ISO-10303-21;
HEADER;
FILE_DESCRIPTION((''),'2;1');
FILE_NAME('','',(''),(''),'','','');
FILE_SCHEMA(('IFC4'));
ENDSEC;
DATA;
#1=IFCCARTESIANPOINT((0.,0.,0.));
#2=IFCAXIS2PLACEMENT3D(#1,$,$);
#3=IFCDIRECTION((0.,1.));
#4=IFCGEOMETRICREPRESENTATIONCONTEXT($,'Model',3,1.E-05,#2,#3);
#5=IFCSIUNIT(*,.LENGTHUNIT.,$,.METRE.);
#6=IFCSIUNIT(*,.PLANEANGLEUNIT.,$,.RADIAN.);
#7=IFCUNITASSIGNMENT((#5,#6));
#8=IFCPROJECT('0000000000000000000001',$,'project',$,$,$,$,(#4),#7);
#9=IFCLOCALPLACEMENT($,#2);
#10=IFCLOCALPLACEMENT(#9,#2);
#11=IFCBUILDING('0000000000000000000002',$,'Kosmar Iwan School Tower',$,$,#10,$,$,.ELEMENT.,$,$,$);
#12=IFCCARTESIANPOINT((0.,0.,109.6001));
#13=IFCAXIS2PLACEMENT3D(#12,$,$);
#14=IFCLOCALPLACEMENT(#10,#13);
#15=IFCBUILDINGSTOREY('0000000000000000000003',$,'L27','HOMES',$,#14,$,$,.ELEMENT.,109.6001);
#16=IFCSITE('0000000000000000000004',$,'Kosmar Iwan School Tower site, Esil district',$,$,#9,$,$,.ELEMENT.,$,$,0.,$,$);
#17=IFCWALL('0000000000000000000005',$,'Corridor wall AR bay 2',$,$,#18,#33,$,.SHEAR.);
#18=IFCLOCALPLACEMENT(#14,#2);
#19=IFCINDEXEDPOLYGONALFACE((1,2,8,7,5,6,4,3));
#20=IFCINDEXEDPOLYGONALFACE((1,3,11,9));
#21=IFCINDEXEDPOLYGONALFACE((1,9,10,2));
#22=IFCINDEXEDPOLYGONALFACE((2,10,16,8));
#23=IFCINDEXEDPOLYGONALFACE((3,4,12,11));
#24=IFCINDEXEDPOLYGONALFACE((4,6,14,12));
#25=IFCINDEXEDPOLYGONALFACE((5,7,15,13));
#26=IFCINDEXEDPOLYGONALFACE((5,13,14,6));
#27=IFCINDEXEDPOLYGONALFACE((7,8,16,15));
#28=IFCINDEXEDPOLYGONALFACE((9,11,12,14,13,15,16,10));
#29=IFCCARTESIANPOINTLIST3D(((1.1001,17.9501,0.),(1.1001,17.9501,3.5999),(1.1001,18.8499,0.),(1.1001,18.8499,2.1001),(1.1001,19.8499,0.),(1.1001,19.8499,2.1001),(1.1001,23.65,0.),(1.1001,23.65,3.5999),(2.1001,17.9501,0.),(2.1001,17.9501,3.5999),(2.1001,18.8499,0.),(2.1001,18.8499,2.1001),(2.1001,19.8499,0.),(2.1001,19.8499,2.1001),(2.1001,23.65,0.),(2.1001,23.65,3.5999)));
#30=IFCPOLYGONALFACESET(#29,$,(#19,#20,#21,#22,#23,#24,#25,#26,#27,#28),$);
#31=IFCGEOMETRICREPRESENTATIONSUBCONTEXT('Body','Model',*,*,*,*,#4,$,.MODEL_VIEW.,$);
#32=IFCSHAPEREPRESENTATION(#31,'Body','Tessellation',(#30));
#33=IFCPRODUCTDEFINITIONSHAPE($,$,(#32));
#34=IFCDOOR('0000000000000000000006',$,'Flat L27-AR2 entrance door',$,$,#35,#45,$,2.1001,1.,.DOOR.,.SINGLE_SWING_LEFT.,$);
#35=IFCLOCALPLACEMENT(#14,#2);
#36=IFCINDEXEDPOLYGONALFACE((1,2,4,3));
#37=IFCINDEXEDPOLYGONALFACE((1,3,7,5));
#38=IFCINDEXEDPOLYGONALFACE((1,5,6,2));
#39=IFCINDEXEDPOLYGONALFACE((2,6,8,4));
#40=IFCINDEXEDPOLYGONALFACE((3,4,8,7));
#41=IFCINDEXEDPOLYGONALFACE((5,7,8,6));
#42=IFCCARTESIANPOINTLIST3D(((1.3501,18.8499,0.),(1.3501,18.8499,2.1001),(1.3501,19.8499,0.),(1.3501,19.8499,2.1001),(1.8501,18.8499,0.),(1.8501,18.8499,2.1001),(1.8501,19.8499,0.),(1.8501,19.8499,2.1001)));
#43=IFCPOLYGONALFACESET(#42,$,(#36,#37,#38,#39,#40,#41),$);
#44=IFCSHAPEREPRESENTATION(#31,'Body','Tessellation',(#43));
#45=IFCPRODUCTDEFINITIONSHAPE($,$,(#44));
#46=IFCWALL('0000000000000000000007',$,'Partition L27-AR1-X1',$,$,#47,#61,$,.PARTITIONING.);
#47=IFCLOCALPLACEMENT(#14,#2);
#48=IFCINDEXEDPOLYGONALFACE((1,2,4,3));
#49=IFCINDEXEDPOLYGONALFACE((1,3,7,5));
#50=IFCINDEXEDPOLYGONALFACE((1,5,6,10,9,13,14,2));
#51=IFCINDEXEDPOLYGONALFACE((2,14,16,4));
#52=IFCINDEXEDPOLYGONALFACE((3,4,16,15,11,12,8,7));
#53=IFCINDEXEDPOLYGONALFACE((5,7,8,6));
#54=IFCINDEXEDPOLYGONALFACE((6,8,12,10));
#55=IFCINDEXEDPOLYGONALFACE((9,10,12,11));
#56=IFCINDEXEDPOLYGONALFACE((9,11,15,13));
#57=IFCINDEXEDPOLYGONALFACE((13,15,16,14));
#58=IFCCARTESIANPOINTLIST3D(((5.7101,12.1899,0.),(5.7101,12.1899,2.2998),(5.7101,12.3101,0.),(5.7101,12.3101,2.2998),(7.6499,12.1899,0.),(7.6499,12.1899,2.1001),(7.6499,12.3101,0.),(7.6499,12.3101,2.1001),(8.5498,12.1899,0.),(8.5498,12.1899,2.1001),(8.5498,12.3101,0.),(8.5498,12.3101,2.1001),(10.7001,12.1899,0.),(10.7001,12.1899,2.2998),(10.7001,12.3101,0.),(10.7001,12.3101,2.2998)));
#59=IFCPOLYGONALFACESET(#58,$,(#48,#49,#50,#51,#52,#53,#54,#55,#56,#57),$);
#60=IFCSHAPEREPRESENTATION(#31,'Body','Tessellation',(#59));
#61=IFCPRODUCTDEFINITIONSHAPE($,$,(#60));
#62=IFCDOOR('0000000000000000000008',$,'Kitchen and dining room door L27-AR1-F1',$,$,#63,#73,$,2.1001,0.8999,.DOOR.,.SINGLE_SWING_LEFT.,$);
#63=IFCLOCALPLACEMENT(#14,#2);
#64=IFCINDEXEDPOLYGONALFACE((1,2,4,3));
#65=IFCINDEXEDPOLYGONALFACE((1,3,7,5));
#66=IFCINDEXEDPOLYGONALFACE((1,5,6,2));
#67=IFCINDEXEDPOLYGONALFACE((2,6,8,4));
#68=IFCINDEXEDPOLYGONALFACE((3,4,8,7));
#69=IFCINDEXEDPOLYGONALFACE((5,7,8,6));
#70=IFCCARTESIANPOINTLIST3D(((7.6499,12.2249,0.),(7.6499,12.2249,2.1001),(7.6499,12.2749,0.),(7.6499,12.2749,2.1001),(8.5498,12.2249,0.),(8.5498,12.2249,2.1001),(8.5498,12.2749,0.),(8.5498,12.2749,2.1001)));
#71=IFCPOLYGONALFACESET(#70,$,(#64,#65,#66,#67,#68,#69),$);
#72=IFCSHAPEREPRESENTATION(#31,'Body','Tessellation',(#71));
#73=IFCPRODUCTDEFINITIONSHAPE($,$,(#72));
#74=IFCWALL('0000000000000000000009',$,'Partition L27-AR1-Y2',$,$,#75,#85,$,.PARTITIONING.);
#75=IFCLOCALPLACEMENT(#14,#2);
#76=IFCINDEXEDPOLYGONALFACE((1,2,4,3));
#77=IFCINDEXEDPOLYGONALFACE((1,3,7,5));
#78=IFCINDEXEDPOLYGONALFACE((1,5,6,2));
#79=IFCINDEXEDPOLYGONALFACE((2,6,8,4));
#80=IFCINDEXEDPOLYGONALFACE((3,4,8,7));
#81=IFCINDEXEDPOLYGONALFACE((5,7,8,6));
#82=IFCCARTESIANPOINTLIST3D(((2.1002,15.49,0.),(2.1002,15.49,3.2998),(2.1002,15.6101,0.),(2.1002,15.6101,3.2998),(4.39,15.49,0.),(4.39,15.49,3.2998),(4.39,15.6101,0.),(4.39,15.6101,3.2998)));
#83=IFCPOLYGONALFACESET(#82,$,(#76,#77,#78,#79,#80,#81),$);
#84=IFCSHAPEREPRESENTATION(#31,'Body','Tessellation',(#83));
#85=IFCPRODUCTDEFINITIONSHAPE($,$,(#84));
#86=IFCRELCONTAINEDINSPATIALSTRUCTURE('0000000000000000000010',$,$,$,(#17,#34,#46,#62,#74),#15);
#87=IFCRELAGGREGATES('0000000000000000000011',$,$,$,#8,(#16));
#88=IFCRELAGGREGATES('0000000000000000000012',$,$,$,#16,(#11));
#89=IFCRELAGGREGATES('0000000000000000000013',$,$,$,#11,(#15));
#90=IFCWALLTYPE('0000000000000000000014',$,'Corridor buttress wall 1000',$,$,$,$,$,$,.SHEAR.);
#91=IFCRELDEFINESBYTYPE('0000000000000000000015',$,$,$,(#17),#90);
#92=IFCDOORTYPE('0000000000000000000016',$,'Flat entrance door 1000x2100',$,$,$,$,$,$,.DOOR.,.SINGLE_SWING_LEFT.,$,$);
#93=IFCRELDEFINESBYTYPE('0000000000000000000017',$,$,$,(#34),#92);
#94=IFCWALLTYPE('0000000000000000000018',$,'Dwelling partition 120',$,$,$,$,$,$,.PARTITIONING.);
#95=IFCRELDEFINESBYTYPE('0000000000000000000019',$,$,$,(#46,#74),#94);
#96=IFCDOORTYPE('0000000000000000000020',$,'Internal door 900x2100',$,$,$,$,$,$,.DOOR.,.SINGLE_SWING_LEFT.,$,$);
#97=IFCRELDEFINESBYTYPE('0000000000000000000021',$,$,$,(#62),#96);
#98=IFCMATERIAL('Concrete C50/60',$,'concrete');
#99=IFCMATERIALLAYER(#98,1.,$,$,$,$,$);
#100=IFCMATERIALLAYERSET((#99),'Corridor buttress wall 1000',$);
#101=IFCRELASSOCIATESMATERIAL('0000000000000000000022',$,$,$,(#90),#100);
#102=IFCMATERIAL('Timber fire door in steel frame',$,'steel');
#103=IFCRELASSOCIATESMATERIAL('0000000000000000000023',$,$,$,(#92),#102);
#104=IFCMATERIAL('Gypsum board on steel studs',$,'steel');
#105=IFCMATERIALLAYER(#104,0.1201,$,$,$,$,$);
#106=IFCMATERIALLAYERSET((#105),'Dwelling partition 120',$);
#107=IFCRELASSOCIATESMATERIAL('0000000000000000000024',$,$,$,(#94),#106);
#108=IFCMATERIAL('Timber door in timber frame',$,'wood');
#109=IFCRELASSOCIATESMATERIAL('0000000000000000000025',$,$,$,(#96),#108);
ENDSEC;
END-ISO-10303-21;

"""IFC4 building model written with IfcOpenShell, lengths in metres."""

from ifc_helpers import new_model, si_unit, direction, frame, frame_2d, origin, place, context, subcontext, project, spatial, rectangle, extrude, material, layer, layer_set, type_object, element, fill, save


model = new_model("IFC4")

# Units and contexts
model_context = context("Model", 3, precision=1e-05, world=origin(), true_north=direction((0.0, 1.0)))
body_context = subcontext(model_context, "Body", "Model", "MODEL_VIEW")
ifc_project = project(units=[si_unit("LENGTHUNIT", "METRE"), si_unit("PLANEANGLEUNIT", "RADIAN")], contexts=[model_context])

# Site, building, storey
site_placement = place(None, origin())
site = spatial("IfcSite", under=ifc_project, at=site_placement, Name="Kosmar Iwan School Tower site, Esil district", CompositionType="ELEMENT", RefElevation=0.0)
building_placement = place(site_placement, origin())
building = spatial("IfcBuilding", under=site, at=building_placement, Name="Kosmar Iwan School Tower", CompositionType="ELEMENT")
storey_placement = place(building_placement, frame((0.0, 0.0, 109.6001)))
storey = spatial("IfcBuildingStorey", under=building, at=storey_placement, Name="L27", Description="HOMES", CompositionType="ELEMENT", Elevation=109.6001)

# Walls, openings, doors
ifc_material_1 = material(Name="Concrete C50/60", Category="concrete")
ifc_layer_1 = layer(ifc_material_1, 1.0)
ifc_layer_set_1 = layer_set([ifc_layer_1], Name="Corridor buttress wall 1000")
wall_type_1 = type_object("IfcWallType", Name="Corridor buttress wall 1000", PredefinedType="SHEAR", material=ifc_layer_set_1)
wall_1_placement = place(storey_placement, frame((1.6001, 17.95, 0.0), z_axis=(0.0, 0.0, 1.0), x_axis=(0.0, 1.0, 0.0)))
wall_1 = element("IfcWall", 1, at=wall_1_placement, inside=storey, type_object=wall_type_1, Name="Corridor wall AR bay 2", PredefinedType="SHEAR", context=body_context, shape_type="SweptSolid", body=[
    extrude(rectangle(XDim=5.7, YDim=1.0, at=frame_2d((2.8501, 0.0))), origin(), (0.0, 0.0, 1.0), 3.5999),
])
opening_1_placement = place(wall_1_placement, frame((0.8999, 0.0, 0.0)))
opening_1 = element("IfcOpeningElement", 2, at=opening_1_placement, cuts=wall_1, PredefinedType="OPENING", context=body_context, shape_type="SweptSolid", body=[
    extrude(rectangle(XDim=1.0, YDim=2.1001, at=frame_2d((0.5, 1.05))), frame((0.0, 0.512, 0.0), z_axis=(0.0, -1.0, 0.0), x_axis=(1.0, 0.0, 0.0)), (0.0, 0.0, 1.0), 1.0239),
])
ifc_material_2 = material(Name="Timber fire door in steel frame", Category="steel")
door_type_1 = type_object("IfcDoorType", Name="Flat entrance door 1000x2100", OperationType="SINGLE_SWING_LEFT", PredefinedType="DOOR", material=ifc_material_2)
door_1_placement = place(opening_1_placement, origin())
door_1 = element("IfcDoor", 3, at=door_1_placement, inside=storey, type_object=door_type_1, Name="Flat L27-AR2 entrance door", OperationType="SINGLE_SWING_LEFT", OverallHeight=2.1001, OverallWidth=1.0, PredefinedType="DOOR", context=body_context, shape_type="SweptSolid", body=[
    extrude(rectangle(XDim=1.0, YDim=2.1001, at=frame_2d((0.5, 1.05))), frame((0.0, 0.25, 0.0), z_axis=(0.0, -1.0, 0.0), x_axis=(1.0, 0.0, 0.0)), (0.0, 0.0, 1.0), 0.5),
])
fill(opening_1, door_1)
ifc_material_3 = material(Name="Gypsum board on steel studs", Category="steel")
ifc_layer_2 = layer(ifc_material_3, 0.1201)
ifc_layer_set_2 = layer_set([ifc_layer_2], Name="Dwelling partition 120")
wall_type_2 = type_object("IfcWallType", Name="Dwelling partition 120", PredefinedType="PARTITIONING", material=ifc_layer_set_2)
wall_2_placement = place(storey_placement, frame((5.71, 12.25, 0.0), z_axis=(0.0, 0.0, 1.0), x_axis=(1.0, 0.0, 0.0)))
wall_2 = element("IfcWall", 4, at=wall_2_placement, inside=storey, type_object=wall_type_2, Name="Partition L27-AR1-X1", PredefinedType="PARTITIONING", context=body_context, shape_type="SweptSolid", body=[
    extrude(rectangle(XDim=4.99, YDim=0.1201, at=frame_2d((2.4951, 0.0))), origin(), (0.0, 0.0, 1.0), 2.2998),
])
opening_2_placement = place(wall_2_placement, frame((1.9399, 0.0, 0.0)))
opening_2 = element("IfcOpeningElement", 5, at=opening_2_placement, cuts=wall_2, PredefinedType="OPENING", context=body_context, shape_type="SweptSolid", body=[
    extrude(rectangle(XDim=0.8999, YDim=2.1001, at=frame_2d((0.45, 1.05))), frame((0.0, 0.072, 0.0), z_axis=(0.0, -1.0, 0.0), x_axis=(1.0, 0.0, 0.0)), (0.0, 0.0, 1.0), 0.144),
])
ifc_material_4 = material(Name="Timber door in timber frame", Category="wood")
door_type_2 = type_object("IfcDoorType", Name="Internal door 900x2100", OperationType="SINGLE_SWING_LEFT", PredefinedType="DOOR", material=ifc_material_4)
door_2_placement = place(opening_2_placement, origin())
door_2 = element("IfcDoor", 6, at=door_2_placement, inside=storey, type_object=door_type_2, Name="Kitchen and dining room door L27-AR1-F1", OperationType="SINGLE_SWING_LEFT", OverallHeight=2.1001, OverallWidth=0.8999, PredefinedType="DOOR", context=body_context, shape_type="SweptSolid", body=[
    extrude(rectangle(XDim=0.8999, YDim=2.1001, at=frame_2d((0.45, 1.05))), frame((0.0, 0.0249, 0.0), z_axis=(0.0, -1.0, 0.0), x_axis=(1.0, 0.0, 0.0)), (0.0, 0.0, 1.0), 0.05),
])
fill(opening_2, door_2)

# Wall
wall_3_placement = place(storey_placement, frame((2.1001, 15.55, 0.0), z_axis=(0.0, 0.0, 1.0), x_axis=(1.0, 0.0, 0.0)))
element("IfcWall", 7, at=wall_3_placement, inside=storey, type_object=wall_type_2, Name="Partition L27-AR1-Y2", PredefinedType="PARTITIONING", context=body_context, shape_type="SweptSolid", body=[
    extrude(rectangle(XDim=2.2898, YDim=0.1201, at=frame_2d((1.145, 0.0))), origin(), (0.0, 0.0, 1.0), 3.2998),
])

save(model, "model.ifc")
